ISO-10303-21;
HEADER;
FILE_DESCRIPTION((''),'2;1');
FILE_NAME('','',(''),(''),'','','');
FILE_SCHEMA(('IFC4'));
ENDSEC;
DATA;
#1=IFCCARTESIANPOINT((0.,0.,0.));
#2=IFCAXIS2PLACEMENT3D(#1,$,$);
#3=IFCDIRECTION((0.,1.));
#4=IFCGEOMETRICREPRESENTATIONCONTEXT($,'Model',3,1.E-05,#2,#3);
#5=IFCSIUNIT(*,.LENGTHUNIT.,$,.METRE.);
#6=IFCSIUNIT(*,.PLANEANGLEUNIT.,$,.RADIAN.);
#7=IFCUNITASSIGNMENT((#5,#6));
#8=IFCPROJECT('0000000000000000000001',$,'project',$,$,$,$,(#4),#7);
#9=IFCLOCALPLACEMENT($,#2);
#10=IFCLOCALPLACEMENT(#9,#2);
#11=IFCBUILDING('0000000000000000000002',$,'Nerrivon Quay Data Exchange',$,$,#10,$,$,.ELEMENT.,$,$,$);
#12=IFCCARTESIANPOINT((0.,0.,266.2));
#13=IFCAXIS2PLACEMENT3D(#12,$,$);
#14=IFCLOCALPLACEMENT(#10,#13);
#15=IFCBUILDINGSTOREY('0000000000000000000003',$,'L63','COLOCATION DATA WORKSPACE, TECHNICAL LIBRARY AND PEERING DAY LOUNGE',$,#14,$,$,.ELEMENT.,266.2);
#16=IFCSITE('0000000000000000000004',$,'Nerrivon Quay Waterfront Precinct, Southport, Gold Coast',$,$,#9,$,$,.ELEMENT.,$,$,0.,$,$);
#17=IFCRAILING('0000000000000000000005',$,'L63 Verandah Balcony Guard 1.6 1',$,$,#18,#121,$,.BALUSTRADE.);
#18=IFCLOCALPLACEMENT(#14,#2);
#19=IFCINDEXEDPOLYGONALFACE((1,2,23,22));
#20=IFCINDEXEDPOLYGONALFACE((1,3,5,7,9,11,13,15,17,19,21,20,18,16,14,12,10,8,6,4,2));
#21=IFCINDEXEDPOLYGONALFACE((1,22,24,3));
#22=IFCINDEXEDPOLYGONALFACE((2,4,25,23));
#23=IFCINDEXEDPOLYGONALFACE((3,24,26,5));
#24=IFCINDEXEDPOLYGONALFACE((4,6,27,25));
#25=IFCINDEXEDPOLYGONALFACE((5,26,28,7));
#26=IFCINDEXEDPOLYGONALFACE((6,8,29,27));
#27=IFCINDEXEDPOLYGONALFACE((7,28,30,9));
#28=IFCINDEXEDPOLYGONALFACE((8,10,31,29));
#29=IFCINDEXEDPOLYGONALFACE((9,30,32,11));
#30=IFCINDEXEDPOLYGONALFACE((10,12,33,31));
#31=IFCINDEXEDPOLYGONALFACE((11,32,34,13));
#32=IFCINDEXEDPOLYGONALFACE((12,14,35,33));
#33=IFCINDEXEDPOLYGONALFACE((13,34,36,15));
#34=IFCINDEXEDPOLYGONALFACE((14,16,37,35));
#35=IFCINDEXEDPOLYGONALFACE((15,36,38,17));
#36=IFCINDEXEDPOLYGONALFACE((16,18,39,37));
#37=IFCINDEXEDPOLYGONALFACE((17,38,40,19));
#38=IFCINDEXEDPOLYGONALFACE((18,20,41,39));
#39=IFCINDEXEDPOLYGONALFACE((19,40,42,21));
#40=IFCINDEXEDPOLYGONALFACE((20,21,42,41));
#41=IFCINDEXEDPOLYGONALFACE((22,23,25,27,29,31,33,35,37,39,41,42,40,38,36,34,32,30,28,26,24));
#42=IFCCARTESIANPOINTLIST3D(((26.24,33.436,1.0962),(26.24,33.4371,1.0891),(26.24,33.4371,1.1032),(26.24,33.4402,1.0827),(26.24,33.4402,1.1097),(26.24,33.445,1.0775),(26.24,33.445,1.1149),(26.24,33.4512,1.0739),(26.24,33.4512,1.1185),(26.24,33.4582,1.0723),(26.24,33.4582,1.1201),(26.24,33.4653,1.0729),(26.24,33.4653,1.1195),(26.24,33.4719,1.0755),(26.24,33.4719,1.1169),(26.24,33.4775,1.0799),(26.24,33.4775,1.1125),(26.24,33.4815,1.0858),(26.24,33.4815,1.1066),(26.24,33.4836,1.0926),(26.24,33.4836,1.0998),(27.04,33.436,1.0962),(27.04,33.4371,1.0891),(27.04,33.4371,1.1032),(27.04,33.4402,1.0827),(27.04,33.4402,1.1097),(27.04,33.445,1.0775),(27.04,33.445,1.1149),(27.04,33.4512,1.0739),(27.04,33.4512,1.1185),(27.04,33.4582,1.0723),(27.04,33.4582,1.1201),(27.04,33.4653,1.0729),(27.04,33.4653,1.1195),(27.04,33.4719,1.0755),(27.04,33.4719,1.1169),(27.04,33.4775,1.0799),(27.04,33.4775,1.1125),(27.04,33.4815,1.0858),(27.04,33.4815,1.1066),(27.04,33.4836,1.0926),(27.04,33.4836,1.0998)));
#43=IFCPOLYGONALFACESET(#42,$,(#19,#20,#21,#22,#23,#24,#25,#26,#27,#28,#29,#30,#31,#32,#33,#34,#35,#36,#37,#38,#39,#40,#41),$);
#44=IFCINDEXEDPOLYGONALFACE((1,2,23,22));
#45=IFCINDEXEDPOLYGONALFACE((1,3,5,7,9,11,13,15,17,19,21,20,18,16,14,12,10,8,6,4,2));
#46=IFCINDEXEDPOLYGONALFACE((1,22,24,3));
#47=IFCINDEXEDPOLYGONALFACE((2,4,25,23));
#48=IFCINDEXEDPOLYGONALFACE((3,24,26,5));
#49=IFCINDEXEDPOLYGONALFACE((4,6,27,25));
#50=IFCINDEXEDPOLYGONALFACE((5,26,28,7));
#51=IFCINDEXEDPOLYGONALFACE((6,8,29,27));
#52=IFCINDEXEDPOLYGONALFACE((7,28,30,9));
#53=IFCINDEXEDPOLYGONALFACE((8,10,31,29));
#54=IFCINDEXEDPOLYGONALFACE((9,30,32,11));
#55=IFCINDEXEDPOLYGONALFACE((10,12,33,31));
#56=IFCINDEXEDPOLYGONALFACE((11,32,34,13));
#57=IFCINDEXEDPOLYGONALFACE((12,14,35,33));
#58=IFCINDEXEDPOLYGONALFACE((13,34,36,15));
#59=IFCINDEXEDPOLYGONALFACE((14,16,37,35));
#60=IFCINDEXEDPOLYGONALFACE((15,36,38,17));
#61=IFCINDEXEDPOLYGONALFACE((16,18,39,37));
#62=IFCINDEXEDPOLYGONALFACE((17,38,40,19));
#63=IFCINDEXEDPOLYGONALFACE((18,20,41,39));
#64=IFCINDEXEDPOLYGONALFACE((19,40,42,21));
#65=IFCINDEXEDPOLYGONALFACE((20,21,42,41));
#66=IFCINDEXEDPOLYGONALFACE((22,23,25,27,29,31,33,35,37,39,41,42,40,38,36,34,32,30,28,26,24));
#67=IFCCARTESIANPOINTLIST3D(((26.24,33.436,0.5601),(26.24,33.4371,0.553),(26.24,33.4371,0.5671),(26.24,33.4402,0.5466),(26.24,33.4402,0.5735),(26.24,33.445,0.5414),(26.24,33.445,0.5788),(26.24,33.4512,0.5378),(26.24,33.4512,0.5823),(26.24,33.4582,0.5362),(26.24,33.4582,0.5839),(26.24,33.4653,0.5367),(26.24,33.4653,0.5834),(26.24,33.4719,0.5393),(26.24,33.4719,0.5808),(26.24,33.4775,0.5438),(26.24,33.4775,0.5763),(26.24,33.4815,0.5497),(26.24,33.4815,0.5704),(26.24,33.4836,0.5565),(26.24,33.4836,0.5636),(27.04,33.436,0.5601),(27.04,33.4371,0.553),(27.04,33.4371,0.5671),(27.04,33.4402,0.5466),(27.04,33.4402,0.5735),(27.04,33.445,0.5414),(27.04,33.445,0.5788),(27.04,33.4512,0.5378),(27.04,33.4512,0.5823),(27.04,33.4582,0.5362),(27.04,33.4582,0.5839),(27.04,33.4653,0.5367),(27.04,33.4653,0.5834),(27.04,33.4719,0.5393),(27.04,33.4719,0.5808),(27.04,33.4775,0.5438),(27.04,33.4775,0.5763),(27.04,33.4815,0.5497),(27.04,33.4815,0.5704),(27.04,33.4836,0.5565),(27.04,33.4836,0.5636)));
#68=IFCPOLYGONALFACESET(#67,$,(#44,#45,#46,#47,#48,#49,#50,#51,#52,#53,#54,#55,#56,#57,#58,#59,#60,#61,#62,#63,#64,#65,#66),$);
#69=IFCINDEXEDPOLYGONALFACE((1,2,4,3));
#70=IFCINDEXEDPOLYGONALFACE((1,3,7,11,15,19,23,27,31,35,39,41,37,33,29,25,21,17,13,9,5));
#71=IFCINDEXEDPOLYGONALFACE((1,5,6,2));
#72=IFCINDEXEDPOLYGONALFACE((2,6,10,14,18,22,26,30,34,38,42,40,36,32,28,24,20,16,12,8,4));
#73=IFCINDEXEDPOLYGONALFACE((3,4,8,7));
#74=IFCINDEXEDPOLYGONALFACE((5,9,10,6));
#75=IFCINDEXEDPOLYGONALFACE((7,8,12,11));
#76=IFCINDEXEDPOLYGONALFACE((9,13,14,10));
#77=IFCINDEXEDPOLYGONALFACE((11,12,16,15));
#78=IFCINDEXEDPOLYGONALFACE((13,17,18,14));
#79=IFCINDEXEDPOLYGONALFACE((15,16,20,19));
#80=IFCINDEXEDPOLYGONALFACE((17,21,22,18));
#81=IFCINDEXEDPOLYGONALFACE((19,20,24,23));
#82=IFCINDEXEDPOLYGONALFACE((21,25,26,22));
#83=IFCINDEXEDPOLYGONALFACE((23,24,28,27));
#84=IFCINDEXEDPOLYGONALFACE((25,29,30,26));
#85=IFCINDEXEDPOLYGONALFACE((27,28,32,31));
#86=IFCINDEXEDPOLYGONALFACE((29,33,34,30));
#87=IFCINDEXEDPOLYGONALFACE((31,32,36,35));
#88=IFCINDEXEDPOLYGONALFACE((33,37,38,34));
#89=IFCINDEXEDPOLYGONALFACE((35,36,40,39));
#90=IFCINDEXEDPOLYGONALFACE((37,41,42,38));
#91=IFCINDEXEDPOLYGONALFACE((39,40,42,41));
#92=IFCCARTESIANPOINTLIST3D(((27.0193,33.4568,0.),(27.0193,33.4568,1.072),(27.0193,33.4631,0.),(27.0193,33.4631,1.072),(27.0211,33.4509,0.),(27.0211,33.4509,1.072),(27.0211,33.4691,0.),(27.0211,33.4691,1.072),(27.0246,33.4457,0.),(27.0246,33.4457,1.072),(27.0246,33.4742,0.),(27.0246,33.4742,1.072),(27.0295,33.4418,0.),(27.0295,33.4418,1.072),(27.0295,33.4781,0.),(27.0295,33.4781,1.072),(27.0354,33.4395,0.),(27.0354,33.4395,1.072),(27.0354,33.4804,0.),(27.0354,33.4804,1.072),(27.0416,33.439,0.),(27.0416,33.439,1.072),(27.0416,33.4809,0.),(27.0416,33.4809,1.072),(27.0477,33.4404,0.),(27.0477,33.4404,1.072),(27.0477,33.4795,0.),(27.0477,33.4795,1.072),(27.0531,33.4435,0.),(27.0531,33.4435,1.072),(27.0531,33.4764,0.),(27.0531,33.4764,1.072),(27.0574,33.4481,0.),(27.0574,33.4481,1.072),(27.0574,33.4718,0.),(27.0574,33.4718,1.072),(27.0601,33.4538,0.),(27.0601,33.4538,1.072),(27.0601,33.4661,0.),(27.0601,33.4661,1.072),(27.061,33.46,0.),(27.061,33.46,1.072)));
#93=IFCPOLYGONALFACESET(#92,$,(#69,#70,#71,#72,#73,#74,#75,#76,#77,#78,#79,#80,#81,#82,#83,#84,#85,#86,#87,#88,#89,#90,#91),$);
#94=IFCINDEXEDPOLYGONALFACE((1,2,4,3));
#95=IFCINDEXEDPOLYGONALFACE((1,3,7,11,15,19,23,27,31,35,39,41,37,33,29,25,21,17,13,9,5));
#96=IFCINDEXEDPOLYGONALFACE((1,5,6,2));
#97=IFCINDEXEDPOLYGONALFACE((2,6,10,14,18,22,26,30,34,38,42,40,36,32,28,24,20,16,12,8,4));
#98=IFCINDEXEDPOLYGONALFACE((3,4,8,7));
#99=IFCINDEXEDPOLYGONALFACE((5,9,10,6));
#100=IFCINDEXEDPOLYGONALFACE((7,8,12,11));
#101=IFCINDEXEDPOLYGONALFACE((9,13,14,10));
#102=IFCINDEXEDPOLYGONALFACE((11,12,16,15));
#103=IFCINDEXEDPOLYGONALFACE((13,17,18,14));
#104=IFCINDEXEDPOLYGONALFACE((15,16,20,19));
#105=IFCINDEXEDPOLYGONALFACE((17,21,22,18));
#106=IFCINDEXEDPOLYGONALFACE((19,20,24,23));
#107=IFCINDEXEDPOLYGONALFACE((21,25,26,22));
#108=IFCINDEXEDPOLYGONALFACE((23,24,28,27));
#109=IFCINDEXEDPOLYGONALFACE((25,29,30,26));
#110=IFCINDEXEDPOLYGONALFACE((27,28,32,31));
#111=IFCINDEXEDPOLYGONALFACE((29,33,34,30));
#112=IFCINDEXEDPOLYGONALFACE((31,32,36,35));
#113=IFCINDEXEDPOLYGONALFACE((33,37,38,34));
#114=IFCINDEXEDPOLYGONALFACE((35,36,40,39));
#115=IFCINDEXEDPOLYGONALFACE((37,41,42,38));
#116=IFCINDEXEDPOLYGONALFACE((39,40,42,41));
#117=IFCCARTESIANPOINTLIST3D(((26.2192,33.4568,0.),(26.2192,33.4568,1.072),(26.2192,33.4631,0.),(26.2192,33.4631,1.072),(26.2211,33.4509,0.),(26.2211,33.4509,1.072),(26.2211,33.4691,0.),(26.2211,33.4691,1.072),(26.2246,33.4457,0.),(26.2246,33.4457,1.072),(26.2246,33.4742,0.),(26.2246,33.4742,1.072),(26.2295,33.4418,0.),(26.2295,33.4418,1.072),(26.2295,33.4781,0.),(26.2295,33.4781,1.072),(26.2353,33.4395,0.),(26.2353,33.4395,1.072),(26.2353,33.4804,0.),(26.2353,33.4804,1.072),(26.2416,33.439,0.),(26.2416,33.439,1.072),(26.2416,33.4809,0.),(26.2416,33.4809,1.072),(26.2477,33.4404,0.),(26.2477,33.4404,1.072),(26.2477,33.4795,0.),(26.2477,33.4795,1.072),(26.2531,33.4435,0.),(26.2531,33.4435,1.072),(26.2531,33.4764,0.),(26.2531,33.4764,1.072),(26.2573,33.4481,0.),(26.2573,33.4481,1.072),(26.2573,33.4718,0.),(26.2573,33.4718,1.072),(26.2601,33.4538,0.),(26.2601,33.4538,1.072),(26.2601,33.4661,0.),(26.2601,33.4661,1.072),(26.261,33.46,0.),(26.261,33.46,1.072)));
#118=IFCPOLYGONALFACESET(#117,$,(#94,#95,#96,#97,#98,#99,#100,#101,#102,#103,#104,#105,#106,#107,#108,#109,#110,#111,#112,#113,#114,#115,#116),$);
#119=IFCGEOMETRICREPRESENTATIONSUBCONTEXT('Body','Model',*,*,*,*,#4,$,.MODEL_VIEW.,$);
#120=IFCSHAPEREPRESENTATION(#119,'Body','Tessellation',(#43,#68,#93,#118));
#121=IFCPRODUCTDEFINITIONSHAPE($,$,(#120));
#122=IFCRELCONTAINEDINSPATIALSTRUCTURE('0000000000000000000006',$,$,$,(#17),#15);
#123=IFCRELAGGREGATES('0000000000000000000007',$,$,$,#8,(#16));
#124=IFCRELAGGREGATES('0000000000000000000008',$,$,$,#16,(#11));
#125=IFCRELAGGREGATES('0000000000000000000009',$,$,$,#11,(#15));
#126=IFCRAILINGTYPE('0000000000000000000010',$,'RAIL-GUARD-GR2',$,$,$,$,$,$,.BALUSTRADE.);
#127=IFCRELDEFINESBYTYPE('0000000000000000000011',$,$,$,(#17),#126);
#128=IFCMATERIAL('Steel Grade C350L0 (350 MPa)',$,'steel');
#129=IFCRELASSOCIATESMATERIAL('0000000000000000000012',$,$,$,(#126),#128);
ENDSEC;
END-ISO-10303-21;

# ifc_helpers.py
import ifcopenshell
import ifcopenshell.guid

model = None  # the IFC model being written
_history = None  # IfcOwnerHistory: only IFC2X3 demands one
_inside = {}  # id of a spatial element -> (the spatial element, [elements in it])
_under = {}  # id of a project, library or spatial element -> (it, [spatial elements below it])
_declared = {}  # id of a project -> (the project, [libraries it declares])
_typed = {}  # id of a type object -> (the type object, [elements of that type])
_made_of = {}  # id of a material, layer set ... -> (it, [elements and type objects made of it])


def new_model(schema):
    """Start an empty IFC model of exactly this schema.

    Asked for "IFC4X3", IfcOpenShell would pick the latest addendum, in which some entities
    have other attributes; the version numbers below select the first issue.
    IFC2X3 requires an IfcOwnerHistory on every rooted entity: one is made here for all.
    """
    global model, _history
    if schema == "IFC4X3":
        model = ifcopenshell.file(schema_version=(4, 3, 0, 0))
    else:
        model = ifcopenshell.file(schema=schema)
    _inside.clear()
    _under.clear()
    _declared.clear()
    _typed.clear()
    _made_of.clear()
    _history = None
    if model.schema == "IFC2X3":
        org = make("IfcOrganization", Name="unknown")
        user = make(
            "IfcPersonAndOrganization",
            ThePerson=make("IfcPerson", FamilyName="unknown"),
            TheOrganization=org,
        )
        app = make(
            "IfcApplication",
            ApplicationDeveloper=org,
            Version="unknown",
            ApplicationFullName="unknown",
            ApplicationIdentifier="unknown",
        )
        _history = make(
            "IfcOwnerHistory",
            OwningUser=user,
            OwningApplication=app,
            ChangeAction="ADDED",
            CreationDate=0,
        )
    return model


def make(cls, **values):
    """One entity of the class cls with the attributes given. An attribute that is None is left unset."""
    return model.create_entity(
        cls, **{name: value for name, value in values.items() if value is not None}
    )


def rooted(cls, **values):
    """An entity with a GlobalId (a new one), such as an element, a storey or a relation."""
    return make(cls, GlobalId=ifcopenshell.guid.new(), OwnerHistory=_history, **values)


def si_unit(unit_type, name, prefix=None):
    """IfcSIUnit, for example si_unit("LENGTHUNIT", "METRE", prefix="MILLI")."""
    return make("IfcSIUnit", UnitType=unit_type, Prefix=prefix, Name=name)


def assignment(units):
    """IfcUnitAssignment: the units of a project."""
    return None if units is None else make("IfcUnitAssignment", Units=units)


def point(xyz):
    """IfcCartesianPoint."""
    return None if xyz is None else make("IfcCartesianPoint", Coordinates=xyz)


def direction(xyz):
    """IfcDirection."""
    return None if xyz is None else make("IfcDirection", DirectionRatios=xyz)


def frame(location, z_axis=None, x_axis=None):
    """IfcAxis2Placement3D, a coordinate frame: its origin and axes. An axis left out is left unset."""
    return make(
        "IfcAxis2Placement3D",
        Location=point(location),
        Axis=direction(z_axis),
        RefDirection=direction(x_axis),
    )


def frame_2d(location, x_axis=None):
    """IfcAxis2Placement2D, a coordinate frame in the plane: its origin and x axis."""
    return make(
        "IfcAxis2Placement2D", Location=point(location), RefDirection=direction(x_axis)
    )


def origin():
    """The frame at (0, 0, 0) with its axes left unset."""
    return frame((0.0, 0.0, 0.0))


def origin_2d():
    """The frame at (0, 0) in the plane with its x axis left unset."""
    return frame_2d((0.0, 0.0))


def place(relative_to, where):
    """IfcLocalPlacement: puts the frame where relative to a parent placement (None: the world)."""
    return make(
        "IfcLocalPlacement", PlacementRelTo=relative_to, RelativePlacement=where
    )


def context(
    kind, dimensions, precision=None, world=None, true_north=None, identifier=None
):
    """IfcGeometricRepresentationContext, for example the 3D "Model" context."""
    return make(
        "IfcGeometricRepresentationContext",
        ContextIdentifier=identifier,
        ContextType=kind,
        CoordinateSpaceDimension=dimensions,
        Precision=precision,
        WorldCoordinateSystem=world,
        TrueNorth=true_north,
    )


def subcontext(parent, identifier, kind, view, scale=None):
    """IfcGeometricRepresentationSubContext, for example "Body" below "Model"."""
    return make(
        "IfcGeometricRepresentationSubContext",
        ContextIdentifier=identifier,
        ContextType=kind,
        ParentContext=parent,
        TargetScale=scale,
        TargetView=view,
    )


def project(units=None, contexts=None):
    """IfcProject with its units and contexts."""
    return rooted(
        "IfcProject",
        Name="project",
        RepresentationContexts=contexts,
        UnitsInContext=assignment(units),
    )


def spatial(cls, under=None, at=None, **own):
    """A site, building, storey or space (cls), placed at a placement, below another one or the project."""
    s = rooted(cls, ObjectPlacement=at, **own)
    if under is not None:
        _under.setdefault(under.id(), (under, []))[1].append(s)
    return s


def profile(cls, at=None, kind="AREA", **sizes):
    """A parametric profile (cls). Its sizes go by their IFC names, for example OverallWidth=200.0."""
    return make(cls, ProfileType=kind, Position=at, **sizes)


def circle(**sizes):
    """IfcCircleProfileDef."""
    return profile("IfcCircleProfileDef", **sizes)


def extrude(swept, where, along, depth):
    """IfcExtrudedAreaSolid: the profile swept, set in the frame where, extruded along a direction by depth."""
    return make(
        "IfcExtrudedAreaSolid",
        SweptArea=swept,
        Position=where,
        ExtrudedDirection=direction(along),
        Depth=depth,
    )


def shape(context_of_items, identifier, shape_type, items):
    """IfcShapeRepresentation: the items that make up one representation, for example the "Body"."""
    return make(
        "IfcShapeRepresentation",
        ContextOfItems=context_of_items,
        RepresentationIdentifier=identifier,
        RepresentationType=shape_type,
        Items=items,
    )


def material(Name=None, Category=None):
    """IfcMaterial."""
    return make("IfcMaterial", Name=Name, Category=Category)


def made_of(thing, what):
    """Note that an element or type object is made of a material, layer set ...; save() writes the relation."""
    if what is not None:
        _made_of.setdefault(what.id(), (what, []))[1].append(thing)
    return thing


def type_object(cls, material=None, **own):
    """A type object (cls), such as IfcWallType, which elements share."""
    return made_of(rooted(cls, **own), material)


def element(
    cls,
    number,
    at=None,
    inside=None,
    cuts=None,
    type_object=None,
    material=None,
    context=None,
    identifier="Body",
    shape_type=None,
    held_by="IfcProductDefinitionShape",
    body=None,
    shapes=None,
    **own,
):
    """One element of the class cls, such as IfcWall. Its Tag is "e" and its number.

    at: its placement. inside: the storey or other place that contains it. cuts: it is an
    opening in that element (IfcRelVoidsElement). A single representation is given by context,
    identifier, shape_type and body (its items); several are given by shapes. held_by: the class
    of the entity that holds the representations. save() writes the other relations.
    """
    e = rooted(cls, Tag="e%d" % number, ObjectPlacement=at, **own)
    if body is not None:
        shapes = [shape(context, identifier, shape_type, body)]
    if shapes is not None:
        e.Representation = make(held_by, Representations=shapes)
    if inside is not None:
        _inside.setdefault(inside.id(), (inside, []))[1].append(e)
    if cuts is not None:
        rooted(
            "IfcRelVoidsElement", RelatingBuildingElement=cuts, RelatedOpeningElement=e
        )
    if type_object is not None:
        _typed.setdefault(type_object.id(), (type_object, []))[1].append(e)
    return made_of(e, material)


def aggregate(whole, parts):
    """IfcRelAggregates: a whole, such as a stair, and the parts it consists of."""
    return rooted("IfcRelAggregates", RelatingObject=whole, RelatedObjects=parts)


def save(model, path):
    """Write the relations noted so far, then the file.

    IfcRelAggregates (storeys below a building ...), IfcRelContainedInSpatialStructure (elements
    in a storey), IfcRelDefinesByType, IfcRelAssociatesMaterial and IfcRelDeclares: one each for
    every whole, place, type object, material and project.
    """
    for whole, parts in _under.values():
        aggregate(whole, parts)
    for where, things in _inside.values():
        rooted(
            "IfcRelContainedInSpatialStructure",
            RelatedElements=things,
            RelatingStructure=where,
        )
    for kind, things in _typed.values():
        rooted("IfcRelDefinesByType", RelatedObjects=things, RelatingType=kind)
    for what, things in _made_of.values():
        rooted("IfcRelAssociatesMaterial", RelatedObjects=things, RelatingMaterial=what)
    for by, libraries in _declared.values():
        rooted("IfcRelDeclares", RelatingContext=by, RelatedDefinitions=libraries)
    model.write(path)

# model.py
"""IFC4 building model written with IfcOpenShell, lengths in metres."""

from ifc_helpers import new_model, si_unit, direction, frame, origin, origin_2d, place, context, subcontext, project, spatial, circle, extrude, material, type_object, element, save


model = new_model("IFC4")

# Units and contexts
model_context = context("Model", 3, precision=1e-05, world=origin(), true_north=direction((0.0, 1.0)))
body_context = subcontext(model_context, "Body", "Model", "MODEL_VIEW")
ifc_project = project(units=[si_unit("LENGTHUNIT", "METRE"), si_unit("PLANEANGLEUNIT", "RADIAN")], contexts=[model_context])

# Site, building, storey
site_placement = place(None, origin())
site = spatial("IfcSite", under=ifc_project, at=site_placement, Name="Nerrivon Quay Waterfront Precinct, Southport, Gold Coast", CompositionType="ELEMENT", RefElevation=0.0)
building_placement = place(site_placement, origin())
building = spatial("IfcBuilding", under=site, at=building_placement, Name="Nerrivon Quay Data Exchange", CompositionType="ELEMENT")
storey_placement = place(building_placement, frame((0.0, 0.0, 266.2)))
storey = spatial("IfcBuildingStorey", under=building, at=storey_placement, Name="L63", Description="COLOCATION DATA WORKSPACE, TECHNICAL LIBRARY AND PEERING DAY LOUNGE", CompositionType="ELEMENT", Elevation=266.2)

# Shared definitions
ifc_material_1 = material(Name="Steel Grade C350L0 (350 MPa)", Category="steel")

# Railing
railing_type = type_object("IfcRailingType", Name="RAIL-GUARD-GR2", PredefinedType="BALUSTRADE", material=ifc_material_1)
railing_1_placement = place(storey_placement, frame((27.04, 33.46, 0.0)))
element("IfcRailing", 1, at=railing_1_placement, inside=storey, type_object=railing_type, Name="L63 Verandah Balcony Guard 1.6 1", PredefinedType="BALUSTRADE", context=body_context, shape_type="SweptSolid", body=[
    extrude(circle(Radius=0.0239, at=origin_2d()), frame((0.0, 0.0, 1.0962), z_axis=(-1.0, 0.0, 0.0), x_axis=(0.0, -1.0, 0.0)), (0.0, 0.0, 1.0), 0.8),
    extrude(circle(Radius=0.0239, at=origin_2d()), frame((0.0, 0.0, 0.5601), z_axis=(-1.0, 0.0, 0.0), x_axis=(0.0, -1.0, 0.0)), (0.0, 0.0, 1.0), 0.8),
    extrude(circle(Radius=0.021, at=origin_2d()), origin(), (0.0, 0.0, 1.0), 1.072),
    extrude(circle(Radius=0.021, at=origin_2d()), frame((-0.8, 0.0, 0.0)), (0.0, 0.0, 1.0), 1.072),
])

save(model, "model.ifc")
